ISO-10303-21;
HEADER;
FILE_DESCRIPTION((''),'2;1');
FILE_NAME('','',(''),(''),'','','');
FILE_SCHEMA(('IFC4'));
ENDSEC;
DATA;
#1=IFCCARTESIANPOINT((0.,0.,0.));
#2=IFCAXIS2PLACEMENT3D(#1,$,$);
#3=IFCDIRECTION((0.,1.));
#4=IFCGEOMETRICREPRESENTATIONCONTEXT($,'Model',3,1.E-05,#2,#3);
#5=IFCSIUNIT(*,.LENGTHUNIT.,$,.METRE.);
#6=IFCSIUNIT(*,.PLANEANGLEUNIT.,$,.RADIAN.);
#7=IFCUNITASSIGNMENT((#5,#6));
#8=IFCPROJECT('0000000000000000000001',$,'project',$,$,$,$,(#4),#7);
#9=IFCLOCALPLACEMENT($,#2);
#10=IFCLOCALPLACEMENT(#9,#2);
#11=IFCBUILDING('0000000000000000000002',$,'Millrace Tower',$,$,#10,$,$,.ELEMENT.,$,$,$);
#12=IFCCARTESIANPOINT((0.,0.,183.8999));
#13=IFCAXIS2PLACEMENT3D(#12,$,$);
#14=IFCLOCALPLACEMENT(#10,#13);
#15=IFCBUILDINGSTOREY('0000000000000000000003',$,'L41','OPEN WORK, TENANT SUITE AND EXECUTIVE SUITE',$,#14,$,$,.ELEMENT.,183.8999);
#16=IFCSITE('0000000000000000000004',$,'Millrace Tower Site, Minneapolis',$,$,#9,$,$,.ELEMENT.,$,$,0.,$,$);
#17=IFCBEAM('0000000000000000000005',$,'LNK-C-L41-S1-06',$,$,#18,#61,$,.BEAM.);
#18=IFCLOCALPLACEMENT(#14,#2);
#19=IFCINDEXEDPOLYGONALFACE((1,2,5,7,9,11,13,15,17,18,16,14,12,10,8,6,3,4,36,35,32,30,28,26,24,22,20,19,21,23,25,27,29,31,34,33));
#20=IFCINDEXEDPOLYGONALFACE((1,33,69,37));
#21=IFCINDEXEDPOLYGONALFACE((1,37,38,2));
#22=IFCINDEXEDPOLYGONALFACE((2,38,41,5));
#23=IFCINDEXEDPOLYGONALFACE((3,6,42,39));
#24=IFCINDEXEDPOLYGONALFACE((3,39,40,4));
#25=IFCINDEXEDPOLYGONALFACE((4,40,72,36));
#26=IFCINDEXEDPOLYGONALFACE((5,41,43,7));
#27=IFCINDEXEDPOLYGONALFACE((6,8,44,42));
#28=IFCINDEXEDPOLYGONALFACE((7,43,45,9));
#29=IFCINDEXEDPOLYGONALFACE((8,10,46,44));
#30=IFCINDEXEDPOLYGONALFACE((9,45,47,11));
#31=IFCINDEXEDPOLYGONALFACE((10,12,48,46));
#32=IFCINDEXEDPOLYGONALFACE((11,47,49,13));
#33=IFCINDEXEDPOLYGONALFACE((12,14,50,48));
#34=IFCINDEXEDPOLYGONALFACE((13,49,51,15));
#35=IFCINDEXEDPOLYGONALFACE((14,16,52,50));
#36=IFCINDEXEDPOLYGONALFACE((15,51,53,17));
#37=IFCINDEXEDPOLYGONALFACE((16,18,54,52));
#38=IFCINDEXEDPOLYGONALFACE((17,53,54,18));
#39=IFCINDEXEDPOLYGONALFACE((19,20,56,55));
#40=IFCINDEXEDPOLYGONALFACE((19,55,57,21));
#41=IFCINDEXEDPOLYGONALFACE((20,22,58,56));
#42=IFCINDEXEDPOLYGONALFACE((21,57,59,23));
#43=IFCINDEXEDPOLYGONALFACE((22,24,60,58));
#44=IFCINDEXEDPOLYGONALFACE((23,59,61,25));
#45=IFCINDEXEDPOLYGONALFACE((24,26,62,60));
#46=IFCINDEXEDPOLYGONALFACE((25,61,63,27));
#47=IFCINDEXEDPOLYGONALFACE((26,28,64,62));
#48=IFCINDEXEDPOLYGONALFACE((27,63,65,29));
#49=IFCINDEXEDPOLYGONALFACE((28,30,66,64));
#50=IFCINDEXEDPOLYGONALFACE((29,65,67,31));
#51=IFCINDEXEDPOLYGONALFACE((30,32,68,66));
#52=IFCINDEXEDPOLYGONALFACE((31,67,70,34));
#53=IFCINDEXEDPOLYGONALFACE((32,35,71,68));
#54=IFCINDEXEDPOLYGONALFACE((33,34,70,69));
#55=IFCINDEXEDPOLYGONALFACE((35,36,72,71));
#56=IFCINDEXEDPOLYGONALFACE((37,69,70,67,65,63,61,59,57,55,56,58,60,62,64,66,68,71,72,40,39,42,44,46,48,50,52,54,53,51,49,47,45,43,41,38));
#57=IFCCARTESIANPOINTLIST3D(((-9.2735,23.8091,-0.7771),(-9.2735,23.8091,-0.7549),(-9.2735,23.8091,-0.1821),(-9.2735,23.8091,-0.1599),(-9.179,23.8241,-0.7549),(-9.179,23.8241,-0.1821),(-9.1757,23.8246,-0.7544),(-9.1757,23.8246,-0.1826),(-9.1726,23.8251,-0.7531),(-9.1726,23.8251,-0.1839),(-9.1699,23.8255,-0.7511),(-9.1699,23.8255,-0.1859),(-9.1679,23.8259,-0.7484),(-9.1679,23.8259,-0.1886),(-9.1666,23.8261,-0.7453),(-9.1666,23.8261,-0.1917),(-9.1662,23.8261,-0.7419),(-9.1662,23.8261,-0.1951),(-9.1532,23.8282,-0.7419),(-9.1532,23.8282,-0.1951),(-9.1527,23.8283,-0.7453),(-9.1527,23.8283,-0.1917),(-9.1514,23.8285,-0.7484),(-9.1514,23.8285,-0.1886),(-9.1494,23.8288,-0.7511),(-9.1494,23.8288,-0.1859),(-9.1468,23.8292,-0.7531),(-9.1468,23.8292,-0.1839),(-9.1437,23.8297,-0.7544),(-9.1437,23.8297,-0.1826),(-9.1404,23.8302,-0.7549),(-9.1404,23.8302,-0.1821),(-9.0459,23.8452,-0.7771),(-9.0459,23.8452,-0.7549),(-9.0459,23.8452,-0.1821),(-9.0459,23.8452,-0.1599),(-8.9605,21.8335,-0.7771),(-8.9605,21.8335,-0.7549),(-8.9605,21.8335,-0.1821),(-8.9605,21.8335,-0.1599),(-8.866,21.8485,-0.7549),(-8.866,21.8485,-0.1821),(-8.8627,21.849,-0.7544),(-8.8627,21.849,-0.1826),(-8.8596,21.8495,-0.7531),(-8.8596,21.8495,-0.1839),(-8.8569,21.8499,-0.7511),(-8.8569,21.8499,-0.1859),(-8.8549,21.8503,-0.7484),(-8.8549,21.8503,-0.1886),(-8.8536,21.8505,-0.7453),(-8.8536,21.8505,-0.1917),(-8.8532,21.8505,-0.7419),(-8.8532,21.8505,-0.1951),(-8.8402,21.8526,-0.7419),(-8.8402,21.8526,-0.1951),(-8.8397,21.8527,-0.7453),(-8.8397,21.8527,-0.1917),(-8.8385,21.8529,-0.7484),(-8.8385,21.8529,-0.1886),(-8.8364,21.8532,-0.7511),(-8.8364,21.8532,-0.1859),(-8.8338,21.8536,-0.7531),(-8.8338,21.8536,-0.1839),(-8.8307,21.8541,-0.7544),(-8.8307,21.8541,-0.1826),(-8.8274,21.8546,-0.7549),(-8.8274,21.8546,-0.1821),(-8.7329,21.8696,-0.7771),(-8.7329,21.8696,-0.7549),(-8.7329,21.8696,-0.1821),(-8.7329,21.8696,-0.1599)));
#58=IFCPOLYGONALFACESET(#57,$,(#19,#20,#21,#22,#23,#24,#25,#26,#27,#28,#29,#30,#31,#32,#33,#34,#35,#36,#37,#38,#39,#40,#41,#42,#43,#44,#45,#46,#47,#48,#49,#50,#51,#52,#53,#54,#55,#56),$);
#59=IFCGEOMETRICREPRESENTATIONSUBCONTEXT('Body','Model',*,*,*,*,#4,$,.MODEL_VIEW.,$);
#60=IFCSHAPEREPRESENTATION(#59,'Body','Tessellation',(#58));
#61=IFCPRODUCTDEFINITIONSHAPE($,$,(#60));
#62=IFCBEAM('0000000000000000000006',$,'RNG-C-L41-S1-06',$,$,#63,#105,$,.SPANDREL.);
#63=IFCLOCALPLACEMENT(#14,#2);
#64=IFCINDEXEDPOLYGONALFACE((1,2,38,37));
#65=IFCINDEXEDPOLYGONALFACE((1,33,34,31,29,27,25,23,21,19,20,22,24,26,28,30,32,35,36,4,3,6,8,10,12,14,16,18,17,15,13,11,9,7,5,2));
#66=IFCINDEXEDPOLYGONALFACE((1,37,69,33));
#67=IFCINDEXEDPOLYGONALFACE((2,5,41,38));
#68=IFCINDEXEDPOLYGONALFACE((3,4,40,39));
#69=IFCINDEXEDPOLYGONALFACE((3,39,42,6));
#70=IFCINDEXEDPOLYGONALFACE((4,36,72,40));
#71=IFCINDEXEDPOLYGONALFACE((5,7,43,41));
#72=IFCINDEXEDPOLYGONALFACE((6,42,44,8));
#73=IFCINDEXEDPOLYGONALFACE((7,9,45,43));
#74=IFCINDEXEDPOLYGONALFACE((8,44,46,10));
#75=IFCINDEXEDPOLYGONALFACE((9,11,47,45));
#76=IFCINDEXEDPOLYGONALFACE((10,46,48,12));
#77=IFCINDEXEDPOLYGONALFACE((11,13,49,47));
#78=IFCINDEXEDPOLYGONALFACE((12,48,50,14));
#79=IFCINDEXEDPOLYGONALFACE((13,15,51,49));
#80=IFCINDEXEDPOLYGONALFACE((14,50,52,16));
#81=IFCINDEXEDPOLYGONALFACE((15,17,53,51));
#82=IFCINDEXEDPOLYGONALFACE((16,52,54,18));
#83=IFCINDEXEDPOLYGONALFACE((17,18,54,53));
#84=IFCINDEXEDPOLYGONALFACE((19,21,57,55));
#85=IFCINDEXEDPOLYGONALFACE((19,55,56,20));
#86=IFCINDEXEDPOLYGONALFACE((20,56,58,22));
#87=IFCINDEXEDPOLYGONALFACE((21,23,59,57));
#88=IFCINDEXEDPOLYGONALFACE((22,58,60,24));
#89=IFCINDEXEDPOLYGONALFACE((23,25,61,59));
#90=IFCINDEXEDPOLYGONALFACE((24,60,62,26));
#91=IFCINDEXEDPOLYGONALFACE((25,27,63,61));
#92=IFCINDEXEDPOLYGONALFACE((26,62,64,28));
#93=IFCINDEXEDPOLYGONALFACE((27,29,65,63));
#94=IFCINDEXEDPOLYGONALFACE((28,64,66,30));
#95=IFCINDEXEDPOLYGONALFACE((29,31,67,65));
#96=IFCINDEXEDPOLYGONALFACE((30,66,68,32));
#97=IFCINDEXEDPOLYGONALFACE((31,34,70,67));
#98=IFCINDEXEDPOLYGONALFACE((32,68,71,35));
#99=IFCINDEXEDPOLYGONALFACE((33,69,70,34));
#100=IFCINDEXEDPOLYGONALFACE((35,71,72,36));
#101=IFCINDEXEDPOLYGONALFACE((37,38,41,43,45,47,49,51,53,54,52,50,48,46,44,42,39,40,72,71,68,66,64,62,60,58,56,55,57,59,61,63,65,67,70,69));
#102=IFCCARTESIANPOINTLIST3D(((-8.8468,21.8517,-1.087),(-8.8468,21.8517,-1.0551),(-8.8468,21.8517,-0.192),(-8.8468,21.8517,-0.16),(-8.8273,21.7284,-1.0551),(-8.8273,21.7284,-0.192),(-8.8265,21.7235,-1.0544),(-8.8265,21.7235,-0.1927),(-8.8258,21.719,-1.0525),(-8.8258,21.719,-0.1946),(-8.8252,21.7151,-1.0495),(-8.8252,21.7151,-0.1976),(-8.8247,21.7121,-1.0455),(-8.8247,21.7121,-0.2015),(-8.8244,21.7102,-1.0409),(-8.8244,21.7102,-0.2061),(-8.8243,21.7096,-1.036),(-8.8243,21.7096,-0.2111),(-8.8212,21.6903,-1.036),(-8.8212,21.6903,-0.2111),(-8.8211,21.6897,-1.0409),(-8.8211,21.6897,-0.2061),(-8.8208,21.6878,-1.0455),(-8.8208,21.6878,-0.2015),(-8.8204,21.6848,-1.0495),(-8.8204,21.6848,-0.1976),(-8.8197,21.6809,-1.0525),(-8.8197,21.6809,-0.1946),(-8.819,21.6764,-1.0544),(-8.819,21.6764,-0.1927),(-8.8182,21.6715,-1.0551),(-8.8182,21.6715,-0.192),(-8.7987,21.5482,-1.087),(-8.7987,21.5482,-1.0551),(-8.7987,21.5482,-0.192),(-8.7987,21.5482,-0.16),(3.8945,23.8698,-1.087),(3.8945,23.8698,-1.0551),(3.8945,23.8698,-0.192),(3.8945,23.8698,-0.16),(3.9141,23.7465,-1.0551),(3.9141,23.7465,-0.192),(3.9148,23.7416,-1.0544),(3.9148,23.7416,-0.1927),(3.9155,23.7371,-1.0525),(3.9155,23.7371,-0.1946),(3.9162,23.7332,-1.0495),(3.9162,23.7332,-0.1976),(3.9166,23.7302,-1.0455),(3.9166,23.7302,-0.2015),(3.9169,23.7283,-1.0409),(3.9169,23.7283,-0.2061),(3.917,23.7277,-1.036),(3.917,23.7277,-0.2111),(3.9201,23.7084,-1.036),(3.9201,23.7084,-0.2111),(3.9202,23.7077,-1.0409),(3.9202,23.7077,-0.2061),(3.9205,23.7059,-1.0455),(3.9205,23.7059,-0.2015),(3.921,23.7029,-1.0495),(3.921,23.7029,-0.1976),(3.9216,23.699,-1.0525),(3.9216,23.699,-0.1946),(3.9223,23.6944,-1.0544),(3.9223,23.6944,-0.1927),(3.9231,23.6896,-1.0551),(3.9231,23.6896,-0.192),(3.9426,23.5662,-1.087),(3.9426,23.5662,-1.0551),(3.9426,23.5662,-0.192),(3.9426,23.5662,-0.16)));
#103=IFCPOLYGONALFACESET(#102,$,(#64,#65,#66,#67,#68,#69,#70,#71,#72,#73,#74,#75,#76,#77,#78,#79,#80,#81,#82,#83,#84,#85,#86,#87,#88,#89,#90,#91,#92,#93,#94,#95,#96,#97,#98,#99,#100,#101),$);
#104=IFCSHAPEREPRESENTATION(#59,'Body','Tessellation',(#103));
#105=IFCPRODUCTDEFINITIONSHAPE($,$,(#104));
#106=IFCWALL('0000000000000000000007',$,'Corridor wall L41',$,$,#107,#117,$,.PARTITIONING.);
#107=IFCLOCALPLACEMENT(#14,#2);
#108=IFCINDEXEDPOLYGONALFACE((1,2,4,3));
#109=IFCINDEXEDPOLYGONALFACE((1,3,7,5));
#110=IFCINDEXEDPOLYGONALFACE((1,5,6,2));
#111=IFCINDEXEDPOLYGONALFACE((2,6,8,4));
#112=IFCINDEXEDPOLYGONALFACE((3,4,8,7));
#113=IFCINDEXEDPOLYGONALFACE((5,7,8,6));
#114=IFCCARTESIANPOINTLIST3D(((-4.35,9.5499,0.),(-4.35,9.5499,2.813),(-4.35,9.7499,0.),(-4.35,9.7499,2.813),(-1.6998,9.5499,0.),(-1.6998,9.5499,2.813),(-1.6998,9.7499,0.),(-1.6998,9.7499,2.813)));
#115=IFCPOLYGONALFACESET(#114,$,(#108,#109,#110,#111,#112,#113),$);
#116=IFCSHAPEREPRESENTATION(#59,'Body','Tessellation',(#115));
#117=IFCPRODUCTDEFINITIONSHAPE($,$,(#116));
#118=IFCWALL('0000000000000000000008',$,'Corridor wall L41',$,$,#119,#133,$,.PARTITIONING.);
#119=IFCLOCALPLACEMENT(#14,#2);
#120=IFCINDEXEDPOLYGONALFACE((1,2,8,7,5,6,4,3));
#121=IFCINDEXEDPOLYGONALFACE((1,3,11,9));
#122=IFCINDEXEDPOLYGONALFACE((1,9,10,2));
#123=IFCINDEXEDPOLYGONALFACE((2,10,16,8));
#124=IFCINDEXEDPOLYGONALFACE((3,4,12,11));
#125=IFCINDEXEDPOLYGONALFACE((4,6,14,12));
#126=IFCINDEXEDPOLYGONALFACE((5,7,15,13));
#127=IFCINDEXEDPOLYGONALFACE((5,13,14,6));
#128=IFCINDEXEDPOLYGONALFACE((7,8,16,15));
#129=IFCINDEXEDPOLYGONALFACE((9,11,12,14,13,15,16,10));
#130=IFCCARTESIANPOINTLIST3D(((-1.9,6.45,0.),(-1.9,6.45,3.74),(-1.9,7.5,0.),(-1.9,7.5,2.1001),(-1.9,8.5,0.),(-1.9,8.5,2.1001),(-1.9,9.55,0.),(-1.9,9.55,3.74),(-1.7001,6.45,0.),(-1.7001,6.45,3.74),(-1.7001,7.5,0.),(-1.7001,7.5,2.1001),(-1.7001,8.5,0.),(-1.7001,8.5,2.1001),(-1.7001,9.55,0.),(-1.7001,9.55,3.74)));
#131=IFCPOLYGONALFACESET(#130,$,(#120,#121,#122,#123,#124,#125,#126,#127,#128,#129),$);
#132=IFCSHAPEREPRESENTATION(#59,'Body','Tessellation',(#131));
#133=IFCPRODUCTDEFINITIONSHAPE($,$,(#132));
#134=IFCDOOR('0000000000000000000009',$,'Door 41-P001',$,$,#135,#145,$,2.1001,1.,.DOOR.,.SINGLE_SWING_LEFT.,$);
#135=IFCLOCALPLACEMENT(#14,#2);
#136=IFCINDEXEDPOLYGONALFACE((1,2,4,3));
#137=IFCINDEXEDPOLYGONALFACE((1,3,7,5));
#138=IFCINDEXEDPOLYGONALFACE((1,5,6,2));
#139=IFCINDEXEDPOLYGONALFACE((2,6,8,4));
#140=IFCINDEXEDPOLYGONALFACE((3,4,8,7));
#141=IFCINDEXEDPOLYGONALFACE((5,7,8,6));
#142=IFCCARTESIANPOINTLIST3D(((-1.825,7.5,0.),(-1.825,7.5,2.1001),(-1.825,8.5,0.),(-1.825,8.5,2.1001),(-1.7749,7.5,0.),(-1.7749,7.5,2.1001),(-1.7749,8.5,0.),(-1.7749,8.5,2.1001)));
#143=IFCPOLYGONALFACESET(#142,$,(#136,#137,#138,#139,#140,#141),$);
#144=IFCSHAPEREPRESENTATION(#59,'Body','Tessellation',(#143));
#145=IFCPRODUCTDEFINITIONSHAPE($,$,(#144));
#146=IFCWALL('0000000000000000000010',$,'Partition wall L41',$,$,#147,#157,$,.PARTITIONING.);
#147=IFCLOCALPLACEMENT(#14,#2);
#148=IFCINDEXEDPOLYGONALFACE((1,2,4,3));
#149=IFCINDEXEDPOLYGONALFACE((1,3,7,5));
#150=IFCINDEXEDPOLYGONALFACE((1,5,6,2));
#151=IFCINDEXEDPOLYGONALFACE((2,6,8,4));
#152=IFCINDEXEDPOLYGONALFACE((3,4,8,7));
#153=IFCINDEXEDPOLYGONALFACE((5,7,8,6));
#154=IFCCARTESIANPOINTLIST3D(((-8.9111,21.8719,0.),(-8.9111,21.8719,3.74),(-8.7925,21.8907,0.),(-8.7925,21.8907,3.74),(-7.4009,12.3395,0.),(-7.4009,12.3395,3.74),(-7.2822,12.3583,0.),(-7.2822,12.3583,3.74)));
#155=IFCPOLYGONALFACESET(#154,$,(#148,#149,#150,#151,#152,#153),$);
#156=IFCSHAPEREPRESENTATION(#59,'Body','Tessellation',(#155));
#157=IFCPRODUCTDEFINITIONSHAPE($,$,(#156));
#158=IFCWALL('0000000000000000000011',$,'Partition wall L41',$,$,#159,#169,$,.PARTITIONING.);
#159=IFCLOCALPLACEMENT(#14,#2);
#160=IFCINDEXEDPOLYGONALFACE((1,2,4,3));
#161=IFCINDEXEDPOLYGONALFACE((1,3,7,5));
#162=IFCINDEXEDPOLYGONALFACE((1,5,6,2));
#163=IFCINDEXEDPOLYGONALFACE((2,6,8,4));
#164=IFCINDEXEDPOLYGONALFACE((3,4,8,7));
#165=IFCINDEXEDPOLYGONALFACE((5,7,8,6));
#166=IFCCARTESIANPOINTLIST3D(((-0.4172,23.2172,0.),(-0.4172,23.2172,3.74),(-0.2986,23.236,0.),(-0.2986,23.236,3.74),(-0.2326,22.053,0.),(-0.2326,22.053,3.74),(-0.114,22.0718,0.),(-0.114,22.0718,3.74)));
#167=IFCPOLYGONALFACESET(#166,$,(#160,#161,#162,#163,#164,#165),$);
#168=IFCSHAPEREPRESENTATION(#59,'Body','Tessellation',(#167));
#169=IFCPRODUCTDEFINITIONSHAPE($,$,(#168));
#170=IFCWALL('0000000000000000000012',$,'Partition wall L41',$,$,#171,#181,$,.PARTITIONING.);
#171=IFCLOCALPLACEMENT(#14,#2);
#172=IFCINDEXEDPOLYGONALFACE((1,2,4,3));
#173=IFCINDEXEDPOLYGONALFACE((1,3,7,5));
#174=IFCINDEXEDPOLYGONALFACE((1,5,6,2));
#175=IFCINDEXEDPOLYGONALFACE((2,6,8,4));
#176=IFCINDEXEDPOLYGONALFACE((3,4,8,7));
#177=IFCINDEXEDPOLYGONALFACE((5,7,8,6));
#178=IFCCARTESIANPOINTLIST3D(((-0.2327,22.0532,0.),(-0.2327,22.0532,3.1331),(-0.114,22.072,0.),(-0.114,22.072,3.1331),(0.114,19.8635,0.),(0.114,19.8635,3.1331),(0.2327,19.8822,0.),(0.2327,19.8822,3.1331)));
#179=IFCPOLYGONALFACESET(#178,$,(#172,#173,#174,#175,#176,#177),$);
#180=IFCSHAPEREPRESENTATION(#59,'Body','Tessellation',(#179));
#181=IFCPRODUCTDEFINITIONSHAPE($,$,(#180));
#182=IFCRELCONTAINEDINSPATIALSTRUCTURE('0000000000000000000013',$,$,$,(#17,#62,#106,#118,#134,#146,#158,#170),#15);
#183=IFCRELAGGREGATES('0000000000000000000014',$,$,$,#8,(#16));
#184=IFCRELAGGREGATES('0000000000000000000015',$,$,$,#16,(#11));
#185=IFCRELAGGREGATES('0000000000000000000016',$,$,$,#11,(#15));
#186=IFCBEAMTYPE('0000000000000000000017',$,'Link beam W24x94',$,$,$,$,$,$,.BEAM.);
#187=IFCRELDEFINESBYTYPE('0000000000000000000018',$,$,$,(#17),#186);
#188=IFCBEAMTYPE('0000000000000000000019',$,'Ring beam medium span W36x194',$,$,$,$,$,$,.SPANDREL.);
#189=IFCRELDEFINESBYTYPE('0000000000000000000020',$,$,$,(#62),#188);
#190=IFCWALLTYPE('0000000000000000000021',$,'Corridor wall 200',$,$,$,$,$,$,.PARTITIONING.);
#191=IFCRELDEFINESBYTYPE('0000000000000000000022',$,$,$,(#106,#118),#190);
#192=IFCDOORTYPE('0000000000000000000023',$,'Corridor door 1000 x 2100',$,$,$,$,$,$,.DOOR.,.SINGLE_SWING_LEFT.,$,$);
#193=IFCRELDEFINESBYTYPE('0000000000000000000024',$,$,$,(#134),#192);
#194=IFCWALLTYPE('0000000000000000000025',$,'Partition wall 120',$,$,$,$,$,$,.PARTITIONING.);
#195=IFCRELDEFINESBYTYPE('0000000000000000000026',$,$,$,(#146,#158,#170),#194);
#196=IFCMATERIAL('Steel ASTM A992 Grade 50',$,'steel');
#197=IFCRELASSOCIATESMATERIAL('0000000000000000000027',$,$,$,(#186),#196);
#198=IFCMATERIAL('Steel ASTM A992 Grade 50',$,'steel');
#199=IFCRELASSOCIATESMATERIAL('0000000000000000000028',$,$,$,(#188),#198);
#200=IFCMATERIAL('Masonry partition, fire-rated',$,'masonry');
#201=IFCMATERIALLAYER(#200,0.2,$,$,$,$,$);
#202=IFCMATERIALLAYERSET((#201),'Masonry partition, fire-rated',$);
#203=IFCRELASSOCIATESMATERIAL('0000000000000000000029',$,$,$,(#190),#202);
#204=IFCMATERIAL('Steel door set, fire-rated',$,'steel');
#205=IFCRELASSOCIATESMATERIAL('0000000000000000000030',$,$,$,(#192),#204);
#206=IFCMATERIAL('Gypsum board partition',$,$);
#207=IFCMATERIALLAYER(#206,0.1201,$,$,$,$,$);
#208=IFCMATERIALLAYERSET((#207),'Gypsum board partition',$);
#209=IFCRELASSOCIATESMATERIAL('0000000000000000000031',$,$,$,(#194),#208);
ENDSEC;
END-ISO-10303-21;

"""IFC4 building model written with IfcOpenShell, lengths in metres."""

from ifc_helpers import new_model, si_unit, direction, frame, frame_2d, origin, origin_2d, place, context, subcontext, project, spatial, rectangle, i_section, extrude, material, layer, layer_set, material_profile, profile_set, type_object, element, fill, save


model = new_model("IFC4")

# Units and contexts
model_context = context("Model", 3, precision=1e-05, world=origin(), true_north=direction((0.0, 1.0)))
body_context = subcontext(model_context, "Body", "Model", "MODEL_VIEW")
ifc_project = project(units=[si_unit("LENGTHUNIT", "METRE"), si_unit("PLANEANGLEUNIT", "RADIAN")], contexts=[model_context])

# Site, building, storey
site_placement = place(None, origin())
site = spatial("IfcSite", under=ifc_project, at=site_placement, Name="Millrace Tower Site, Minneapolis", CompositionType="ELEMENT", RefElevation=0.0)
building_placement = place(site_placement, origin())
building = spatial("IfcBuilding", under=site, at=building_placement, Name="Millrace Tower", CompositionType="ELEMENT")
storey_placement = place(building_placement, frame((0.0, 0.0, 183.8999)))
storey = spatial("IfcBuildingStorey", under=building, at=storey_placement, Name="L41", Description="OPEN WORK, TENANT SUITE AND EXECUTIVE SUITE", CompositionType="ELEMENT", Elevation=183.8999)

# Beams
ifc_material_1 = material(Name="Steel ASTM A992 Grade 50", Category="steel")
ifc_material_profile_1 = material_profile(ifc_material_1, i_section(OverallWidth=0.2305, OverallDepth=0.6172, WebThickness=0.0132, FlangeThickness=0.0222, FilletRadius=0.0129, at=origin_2d()))
ifc_profile_set_1 = profile_set([ifc_material_profile_1], Name="Steel ASTM A992 Grade 50")
beam_type_1 = type_object("IfcBeamType", Name="Link beam W24x94", PredefinedType="BEAM", material=ifc_profile_set_1)
beam_1_placement = place(storey_placement, frame((-8.8467, 21.8516, -0.4685), z_axis=(-0.156477, 0.987682, 0.0), x_axis=(-0.987682, -0.156477, 0.0)))
element("IfcBeam", 1, at=beam_1_placement, inside=storey, type_object=beam_type_1, Name="LNK-C-L41-S1-06", PredefinedType="BEAM", context=body_context, shape_type="SweptSolid", body=[
    extrude(i_section(OverallWidth=0.2305, OverallDepth=0.6172, WebThickness=0.0132, FlangeThickness=0.0222, FilletRadius=0.0129, at=origin_2d()), origin(), (0.0, 0.0, 1.0), 2.0002),
])
ifc_material_2 = material(Name="Steel ASTM A992 Grade 50", Category="steel")
ifc_material_profile_2 = material_profile(ifc_material_2, i_section(OverallWidth=0.3074, OverallDepth=0.927, WebThickness=0.0195, FlangeThickness=0.032, FilletRadius=0.019, at=origin_2d()))
ifc_profile_set_2 = profile_set([ifc_material_profile_2], Name="Steel ASTM A992 Grade 50")
beam_type_2 = type_object("IfcBeamType", Name="Ring beam medium span W36x194", PredefinedType="SPANDREL", material=ifc_profile_set_2)
beam_2_placement = place(storey_placement, frame((-8.8228, 21.7, -0.6235), z_axis=(0.987688, 0.156439, 0.0), x_axis=(-0.156439, 0.987688, 0.0)))
element("IfcBeam", 2, at=beam_2_placement, inside=storey, type_object=beam_type_2, Name="RNG-C-L41-S1-06", PredefinedType="SPANDREL", context=body_context, shape_type="SweptSolid", body=[
    extrude(i_section(OverallWidth=0.3074, OverallDepth=0.927, WebThickness=0.0195, FlangeThickness=0.032, FilletRadius=0.019, at=origin_2d()), origin(), (0.0, 0.0, 1.0), 12.9001),
])

# Wall
ifc_material_3 = material(Name="Masonry partition, fire-rated", Category="masonry")
ifc_layer_1 = layer(ifc_material_3, 0.2)
ifc_layer_set_1 = layer_set([ifc_layer_1], Name="Masonry partition, fire-rated")
wall_type_1 = type_object("IfcWallType", Name="Corridor wall 200", PredefinedType="PARTITIONING", material=ifc_layer_set_1)
wall_1_placement = place(storey_placement, frame((-4.3501, 9.6499, 0.0), z_axis=(0.0, 0.0, 1.0), x_axis=(1.0, 0.0, 0.0)))
element("IfcWall", 3, at=wall_1_placement, inside=storey, type_object=wall_type_1, Name="Corridor wall L41", PredefinedType="PARTITIONING", context=body_context, shape_type="SweptSolid", body=[
    extrude(rectangle(XDim=2.6501, YDim=0.2, at=frame_2d((1.3252, 0.0))), origin(), (0.0, 0.0, 1.0), 2.813),
])

# Wall, opening, door
wall_2_placement = place(storey_placement, frame((-1.8, 6.45, 0.0), z_axis=(0.0, 0.0, 1.0), x_axis=(0.0, 1.0, 0.0)))
wall_2 = element("IfcWall", 4, at=wall_2_placement, inside=storey, type_object=wall_type_1, Name="Corridor wall L41", PredefinedType="PARTITIONING", context=body_context, shape_type="SweptSolid", body=[
    extrude(rectangle(XDim=3.1001, YDim=0.2, at=frame_2d((1.55, 0.0))), origin(), (0.0, 0.0, 1.0), 3.74),
])
opening_placement = place(wall_2_placement, frame((1.05, 0.0, 0.0)))
opening = element("IfcOpeningElement", 5, at=opening_placement, cuts=wall_2, PredefinedType="OPENING", context=body_context, shape_type="SweptSolid", body=[
    extrude(rectangle(XDim=1.0, YDim=2.1001, at=frame_2d((0.5, 1.05))), frame((0.0, 0.1099, 0.0), z_axis=(0.0, -1.0, 0.0), x_axis=(1.0, 0.0, 0.0)), (0.0, 0.0, 1.0), 0.22),
])
ifc_material_4 = material(Name="Steel door set, fire-rated", Category="steel")
door_type = type_object("IfcDoorType", Name="Corridor door 1000 x 2100", OperationType="SINGLE_SWING_LEFT", PredefinedType="DOOR", material=ifc_material_4)
door_placement = place(opening_placement, origin())
door = element("IfcDoor", 6, at=door_placement, inside=storey, type_object=door_type, Name="Door 41-P001", OperationType="SINGLE_SWING_LEFT", OverallHeight=2.1001, OverallWidth=1.0, PredefinedType="DOOR", context=body_context, shape_type="SweptSolid", body=[
    extrude(rectangle(XDim=1.0, YDim=2.1001, at=frame_2d((0.5, 1.05))), frame((0.0, 0.0249, 0.0), z_axis=(0.0, -1.0, 0.0), x_axis=(1.0, 0.0, 0.0)), (0.0, 0.0, 1.0), 0.05),
])
fill(opening, door)

# Walls
ifc_material_5 = material(Name="Gypsum board partition")
ifc_layer_2 = layer(ifc_material_5, 0.1201)
ifc_layer_set_2 = layer_set([ifc_layer_2], Name="Gypsum board partition")
wall_type_2 = type_object("IfcWallType", Name="Partition wall 120", PredefinedType="PARTITIONING", material=ifc_layer_set_2)
wall_3_placement = place(storey_placement, frame((-8.8518, 21.8813, 0.0), z_axis=(0.0, 0.0, 1.0), x_axis=(0.156481, -0.987681, 0.0)))
element("IfcWall", 7, at=wall_3_placement, inside=storey, type_object=wall_type_2, Name="Partition wall L41", PredefinedType="PARTITIONING", context=body_context, shape_type="SweptSolid", body=[
    extrude(rectangle(XDim=9.6514, YDim=0.1201, at=frame_2d((4.8257, 0.0))), origin(), (0.0, 0.0, 1.0), 3.74),
])
wall_4_placement = place(storey_placement, frame((-0.3579, 23.2266, 0.0), z_axis=(0.0, 0.0, 1.0), x_axis=(0.156601, -0.987662, 0.0)))
element("IfcWall", 8, at=wall_4_placement, inside=storey, type_object=wall_type_2, Name="Partition wall L41", PredefinedType="PARTITIONING", context=body_context, shape_type="SweptSolid", body=[
    extrude(rectangle(XDim=1.1787, YDim=0.1201, at=frame_2d((0.5894, 0.0))), origin(), (0.0, 0.0, 1.0), 3.74),
])
wall_5_placement = place(storey_placement, frame((-0.1733, 22.0625, 0.0), z_axis=(0.0, 0.0, 1.0), x_axis=(0.156375, -0.987698, 0.0)))
element("IfcWall", 9, at=wall_5_placement, inside=storey, type_object=wall_type_2, Name="Partition wall L41", PredefinedType="PARTITIONING", context=body_context, shape_type="SweptSolid", body=[
    extrude(rectangle(XDim=2.217, YDim=0.1201, at=frame_2d((1.1084, 0.0))), origin(), (0.0, 0.0, 1.0), 3.1331),
])

save(model, "model.ifc")
